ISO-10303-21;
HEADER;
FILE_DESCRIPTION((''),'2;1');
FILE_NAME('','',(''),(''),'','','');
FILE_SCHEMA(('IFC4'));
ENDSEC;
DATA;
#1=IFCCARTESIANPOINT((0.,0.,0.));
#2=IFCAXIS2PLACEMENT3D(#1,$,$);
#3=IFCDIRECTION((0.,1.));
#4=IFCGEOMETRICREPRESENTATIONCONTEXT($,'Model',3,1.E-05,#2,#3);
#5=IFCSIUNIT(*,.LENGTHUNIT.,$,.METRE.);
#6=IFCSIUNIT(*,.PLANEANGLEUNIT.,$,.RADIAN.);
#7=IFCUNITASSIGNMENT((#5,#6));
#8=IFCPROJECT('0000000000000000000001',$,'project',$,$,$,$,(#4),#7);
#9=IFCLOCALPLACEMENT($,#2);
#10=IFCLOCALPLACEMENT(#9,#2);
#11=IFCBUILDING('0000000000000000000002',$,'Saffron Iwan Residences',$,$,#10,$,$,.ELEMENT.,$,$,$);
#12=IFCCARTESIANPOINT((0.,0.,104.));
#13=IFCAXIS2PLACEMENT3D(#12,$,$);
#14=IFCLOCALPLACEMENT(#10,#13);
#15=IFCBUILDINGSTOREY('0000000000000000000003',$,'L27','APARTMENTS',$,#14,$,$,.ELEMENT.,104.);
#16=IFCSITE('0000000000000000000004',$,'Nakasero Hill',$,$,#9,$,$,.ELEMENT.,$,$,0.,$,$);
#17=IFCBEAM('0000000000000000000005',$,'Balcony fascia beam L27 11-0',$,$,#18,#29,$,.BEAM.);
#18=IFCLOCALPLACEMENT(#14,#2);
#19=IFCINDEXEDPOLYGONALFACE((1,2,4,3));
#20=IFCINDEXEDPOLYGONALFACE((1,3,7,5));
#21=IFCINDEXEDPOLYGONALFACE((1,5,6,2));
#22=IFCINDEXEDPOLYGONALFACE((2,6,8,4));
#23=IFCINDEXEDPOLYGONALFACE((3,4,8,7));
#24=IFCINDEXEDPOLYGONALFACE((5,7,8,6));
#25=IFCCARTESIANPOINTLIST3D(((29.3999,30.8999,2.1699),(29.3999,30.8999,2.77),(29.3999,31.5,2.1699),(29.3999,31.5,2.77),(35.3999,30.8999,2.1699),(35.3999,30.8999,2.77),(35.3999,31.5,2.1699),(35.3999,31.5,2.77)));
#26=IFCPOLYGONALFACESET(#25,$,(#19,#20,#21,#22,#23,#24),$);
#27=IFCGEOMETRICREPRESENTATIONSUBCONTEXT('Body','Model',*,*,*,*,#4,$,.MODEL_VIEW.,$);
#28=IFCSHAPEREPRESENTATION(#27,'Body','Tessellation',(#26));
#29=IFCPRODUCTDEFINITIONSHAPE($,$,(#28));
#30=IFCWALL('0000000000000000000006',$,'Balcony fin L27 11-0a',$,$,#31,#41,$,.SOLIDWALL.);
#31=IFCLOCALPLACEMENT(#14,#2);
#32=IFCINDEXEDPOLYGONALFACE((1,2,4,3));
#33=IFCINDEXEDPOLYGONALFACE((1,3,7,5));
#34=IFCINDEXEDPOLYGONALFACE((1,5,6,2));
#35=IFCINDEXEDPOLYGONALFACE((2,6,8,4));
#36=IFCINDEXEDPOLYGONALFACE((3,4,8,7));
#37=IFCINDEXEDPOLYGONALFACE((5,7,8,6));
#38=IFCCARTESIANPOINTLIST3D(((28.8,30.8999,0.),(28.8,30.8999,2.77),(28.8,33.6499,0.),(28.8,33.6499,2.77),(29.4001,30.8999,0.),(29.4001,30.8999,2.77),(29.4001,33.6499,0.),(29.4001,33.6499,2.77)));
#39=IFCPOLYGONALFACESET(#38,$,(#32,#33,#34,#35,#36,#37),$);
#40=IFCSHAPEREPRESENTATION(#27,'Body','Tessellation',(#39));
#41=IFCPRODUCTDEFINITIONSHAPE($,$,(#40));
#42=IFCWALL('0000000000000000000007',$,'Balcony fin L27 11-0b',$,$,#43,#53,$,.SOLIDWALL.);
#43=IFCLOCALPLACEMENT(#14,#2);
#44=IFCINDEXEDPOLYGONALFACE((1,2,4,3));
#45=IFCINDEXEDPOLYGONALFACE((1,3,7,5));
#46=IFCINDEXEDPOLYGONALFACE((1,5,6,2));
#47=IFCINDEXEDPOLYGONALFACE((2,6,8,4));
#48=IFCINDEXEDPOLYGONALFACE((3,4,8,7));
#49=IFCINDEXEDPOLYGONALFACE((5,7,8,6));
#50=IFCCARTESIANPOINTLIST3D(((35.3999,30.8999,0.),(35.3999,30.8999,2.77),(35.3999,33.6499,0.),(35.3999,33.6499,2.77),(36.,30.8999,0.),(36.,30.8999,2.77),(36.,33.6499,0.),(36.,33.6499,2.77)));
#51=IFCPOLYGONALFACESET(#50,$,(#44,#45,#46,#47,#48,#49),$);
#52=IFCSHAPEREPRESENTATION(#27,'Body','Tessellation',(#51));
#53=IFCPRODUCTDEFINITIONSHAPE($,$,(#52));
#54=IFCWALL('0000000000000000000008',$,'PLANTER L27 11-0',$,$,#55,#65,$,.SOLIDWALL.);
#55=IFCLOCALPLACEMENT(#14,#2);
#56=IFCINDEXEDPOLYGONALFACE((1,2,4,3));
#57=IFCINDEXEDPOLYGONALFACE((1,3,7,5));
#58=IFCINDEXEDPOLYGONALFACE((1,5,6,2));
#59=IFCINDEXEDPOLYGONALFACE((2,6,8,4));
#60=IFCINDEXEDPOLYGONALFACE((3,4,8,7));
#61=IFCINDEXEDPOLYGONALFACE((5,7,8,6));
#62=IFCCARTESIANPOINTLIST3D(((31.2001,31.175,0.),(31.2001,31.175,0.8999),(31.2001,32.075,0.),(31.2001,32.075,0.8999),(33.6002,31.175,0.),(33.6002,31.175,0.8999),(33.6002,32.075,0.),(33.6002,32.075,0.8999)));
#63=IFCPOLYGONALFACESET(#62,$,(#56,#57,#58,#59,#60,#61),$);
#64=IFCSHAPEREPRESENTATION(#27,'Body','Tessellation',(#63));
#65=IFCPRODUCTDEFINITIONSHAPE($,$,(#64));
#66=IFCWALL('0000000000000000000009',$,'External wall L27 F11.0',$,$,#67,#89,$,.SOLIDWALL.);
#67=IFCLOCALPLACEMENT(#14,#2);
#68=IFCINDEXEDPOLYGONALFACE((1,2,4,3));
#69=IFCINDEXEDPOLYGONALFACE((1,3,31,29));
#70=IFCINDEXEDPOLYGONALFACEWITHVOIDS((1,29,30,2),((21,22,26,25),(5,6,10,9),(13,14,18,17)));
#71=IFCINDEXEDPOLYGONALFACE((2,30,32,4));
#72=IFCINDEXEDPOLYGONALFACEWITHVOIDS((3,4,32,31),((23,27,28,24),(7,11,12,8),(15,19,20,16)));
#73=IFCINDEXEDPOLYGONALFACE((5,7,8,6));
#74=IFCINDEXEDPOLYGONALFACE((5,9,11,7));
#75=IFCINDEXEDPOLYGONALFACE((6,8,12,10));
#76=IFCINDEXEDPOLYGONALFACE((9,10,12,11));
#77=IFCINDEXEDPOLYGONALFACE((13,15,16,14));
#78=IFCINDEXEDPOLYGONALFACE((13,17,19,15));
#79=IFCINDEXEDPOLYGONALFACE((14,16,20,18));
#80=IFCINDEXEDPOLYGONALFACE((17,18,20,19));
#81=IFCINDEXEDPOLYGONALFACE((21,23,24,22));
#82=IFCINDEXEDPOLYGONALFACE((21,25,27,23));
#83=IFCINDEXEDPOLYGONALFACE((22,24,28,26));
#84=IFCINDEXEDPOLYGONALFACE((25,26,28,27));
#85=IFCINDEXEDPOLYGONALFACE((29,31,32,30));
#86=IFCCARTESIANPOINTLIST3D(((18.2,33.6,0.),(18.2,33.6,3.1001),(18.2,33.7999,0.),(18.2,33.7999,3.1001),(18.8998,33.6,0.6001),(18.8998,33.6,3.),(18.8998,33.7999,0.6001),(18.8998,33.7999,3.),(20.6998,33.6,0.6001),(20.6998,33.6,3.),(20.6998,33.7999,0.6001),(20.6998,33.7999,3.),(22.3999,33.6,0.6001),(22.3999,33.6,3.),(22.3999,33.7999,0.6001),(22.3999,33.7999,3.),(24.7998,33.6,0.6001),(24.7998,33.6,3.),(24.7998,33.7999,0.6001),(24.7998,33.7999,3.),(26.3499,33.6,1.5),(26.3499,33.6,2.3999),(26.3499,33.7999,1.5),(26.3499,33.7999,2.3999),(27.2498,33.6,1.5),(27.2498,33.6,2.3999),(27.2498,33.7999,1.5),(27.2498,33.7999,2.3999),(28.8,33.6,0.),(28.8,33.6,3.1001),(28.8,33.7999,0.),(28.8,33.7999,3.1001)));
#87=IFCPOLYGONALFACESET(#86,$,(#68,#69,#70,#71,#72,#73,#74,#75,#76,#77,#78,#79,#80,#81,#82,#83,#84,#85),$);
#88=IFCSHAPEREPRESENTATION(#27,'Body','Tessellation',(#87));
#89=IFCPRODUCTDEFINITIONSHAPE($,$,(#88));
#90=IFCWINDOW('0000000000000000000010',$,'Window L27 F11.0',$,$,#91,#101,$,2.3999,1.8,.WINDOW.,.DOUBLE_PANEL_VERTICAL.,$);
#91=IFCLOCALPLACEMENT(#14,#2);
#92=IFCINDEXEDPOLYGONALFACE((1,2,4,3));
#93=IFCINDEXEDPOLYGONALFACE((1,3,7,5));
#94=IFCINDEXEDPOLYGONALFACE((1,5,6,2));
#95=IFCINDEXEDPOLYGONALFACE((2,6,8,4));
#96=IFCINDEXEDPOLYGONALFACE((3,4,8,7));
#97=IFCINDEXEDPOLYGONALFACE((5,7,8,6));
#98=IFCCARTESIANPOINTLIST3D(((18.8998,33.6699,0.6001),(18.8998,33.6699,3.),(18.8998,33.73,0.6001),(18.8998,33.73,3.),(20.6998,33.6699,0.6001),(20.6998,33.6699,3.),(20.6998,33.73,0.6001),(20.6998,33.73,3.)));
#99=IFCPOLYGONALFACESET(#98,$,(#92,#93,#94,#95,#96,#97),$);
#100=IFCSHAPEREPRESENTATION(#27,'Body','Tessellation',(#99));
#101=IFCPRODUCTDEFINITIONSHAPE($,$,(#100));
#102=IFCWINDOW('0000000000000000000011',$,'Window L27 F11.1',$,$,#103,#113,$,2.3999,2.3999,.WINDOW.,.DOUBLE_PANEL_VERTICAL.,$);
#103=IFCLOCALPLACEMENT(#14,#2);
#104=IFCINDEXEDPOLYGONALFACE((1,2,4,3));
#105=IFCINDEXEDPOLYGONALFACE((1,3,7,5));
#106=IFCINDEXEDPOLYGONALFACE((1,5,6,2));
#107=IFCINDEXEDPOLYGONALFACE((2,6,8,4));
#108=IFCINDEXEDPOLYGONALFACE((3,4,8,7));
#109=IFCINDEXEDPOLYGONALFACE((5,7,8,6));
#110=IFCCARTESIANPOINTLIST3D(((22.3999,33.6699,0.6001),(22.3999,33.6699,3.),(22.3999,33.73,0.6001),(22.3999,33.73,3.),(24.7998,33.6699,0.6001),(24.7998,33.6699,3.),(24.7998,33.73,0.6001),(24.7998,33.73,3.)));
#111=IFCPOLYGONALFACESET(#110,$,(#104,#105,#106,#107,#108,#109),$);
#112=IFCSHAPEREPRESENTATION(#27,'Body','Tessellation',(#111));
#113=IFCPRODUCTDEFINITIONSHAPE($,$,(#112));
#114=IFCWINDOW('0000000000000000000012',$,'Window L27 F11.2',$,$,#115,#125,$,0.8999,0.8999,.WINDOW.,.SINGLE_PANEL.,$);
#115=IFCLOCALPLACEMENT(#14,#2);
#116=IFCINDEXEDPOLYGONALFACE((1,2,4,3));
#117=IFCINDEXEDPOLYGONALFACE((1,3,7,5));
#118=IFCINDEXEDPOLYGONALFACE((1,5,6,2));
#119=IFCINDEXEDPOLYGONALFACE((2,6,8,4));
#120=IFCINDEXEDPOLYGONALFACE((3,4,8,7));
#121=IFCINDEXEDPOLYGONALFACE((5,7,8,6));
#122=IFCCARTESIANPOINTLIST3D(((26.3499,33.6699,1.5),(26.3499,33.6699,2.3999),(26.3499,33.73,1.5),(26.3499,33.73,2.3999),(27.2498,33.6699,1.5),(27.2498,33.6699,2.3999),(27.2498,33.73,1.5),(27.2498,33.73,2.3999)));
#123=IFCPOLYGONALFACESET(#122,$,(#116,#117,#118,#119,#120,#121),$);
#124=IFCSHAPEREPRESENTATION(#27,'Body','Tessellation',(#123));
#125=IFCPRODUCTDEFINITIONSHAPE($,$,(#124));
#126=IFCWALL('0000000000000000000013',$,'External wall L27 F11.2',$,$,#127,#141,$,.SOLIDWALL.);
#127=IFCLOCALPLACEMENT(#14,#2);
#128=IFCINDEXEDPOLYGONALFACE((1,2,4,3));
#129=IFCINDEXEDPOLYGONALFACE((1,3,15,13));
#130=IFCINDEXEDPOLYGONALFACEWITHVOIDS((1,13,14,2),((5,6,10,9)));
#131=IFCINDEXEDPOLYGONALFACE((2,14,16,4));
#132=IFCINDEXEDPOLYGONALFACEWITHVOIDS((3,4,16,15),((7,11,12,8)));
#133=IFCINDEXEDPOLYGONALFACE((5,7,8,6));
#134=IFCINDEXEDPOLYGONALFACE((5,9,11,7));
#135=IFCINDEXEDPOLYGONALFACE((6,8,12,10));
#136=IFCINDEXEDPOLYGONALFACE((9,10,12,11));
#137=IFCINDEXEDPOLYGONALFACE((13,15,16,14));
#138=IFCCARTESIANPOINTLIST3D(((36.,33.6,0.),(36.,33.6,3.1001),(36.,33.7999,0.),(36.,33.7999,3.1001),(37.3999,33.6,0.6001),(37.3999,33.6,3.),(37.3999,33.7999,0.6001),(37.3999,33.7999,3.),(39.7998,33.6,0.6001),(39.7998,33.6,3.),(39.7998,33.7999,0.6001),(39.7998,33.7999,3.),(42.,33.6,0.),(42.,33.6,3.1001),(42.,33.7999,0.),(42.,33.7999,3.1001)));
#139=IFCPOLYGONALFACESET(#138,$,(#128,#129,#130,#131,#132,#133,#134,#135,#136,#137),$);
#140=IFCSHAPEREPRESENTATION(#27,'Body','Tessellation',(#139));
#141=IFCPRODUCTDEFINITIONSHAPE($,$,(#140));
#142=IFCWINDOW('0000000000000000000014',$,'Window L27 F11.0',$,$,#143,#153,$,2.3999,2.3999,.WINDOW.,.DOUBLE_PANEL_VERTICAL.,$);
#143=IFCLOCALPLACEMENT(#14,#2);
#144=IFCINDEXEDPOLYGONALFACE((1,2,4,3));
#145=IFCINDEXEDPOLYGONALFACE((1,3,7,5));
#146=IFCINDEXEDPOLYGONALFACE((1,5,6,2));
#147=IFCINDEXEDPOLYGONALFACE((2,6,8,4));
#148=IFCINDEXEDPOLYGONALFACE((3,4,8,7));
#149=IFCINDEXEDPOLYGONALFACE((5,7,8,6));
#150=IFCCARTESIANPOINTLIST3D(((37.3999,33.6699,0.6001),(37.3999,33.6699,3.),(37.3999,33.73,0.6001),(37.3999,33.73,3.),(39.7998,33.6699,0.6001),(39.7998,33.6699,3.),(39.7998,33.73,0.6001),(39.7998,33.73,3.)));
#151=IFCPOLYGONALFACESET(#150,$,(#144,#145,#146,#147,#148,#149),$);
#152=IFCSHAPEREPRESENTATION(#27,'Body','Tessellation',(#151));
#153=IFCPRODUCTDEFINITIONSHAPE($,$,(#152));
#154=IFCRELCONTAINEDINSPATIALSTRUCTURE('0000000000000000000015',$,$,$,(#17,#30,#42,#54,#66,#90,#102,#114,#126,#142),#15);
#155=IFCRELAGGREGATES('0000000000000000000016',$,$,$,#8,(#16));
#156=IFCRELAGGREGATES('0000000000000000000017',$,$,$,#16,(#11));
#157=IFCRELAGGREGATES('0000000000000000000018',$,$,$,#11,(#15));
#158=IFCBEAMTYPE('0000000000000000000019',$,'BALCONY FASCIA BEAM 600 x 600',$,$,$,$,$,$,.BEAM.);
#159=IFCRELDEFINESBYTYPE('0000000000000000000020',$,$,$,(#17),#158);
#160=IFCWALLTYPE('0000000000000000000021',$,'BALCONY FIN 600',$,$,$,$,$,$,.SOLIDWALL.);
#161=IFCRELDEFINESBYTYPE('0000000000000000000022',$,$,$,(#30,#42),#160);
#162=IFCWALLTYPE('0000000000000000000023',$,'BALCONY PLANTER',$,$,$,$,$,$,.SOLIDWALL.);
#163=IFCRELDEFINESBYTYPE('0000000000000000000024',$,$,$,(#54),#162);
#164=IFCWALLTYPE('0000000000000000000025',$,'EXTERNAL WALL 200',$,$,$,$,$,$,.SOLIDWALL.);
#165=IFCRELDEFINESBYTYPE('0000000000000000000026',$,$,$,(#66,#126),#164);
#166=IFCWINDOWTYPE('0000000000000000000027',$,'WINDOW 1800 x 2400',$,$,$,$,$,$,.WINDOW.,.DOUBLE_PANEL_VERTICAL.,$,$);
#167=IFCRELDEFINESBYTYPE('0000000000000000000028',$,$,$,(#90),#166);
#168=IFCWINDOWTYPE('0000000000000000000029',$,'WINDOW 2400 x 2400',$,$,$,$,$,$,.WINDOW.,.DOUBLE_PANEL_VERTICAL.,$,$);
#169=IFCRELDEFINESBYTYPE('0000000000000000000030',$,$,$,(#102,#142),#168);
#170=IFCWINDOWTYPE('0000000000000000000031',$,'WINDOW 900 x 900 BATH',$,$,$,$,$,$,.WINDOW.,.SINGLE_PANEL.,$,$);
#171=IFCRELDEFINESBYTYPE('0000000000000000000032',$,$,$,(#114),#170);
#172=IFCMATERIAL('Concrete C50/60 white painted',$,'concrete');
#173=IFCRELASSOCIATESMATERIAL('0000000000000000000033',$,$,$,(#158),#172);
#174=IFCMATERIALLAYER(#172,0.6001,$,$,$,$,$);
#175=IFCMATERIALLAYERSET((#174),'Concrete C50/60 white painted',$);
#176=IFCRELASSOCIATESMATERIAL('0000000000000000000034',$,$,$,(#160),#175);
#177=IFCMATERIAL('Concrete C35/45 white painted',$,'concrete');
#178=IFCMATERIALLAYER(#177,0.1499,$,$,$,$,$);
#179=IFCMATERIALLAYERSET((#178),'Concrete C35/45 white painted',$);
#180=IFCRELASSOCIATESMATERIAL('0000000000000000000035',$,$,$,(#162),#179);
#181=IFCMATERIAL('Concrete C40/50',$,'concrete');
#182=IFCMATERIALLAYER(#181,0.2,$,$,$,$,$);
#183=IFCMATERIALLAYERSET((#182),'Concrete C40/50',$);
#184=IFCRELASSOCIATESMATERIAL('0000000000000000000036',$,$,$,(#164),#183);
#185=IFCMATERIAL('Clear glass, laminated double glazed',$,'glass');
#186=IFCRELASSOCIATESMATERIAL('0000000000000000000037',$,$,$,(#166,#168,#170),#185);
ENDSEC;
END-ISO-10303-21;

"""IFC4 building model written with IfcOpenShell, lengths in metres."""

from ifc_helpers import new_model, si_unit, direction, frame, frame_2d, origin, origin_2d, place, context, subcontext, project, spatial, rectangle, extrude, source, transform, mapped, material, layer, layer_set, material_profile, profile_set, type_object, element, fill, save


model = new_model("IFC4")

# Units and contexts
model_context = context("Model", 3, precision=1e-05, world=origin(), true_north=direction((0.0, 1.0)))
body_context = subcontext(model_context, "Body", "Model", "MODEL_VIEW")
ifc_project = project(units=[si_unit("LENGTHUNIT", "METRE"), si_unit("PLANEANGLEUNIT", "RADIAN")], contexts=[model_context])

# Site, building, storey
site_placement = place(None, origin())
site = spatial("IfcSite", under=ifc_project, at=site_placement, Name="Nakasero Hill", CompositionType="ELEMENT", RefElevation=0.0)
building_placement = place(site_placement, origin())
building = spatial("IfcBuilding", under=site, at=building_placement, Name="Saffron Iwan Residences", CompositionType="ELEMENT")
storey_placement = place(building_placement, frame((0.0, 0.0, 104.0)))
storey = spatial("IfcBuildingStorey", under=building, at=storey_placement, Name="L27", Description="APARTMENTS", CompositionType="ELEMENT", Elevation=104.0)

# Beam
ifc_material_1 = material(Name="Concrete C50/60 white painted", Category="concrete")
ifc_material_profile = material_profile(ifc_material_1, rectangle(XDim=0.6001, YDim=0.6001, at=origin_2d()), Name="BALCONY FASCIA BEAM 600 x 600")
ifc_profile_set = profile_set([ifc_material_profile], Name="Concrete C50/60 white painted")
beam_type = type_object("IfcBeamType", Name="BALCONY FASCIA BEAM 600 x 600", PredefinedType="BEAM", material=ifc_profile_set)
shared_shape = source(origin(), body_context, "Body", "SweptSolid", [
    extrude(rectangle(XDim=0.6001, YDim=0.6001, at=origin_2d()), origin(), (0.0, 0.0, 1.0), 6.0),
])
beam_placement = place(storey_placement, frame((29.3999, 31.2, 2.47), z_axis=(1.0, 0.0, 0.0), x_axis=(0.0, 1.0, 0.0)))
element("IfcBeam", 1, at=beam_placement, inside=storey, type_object=beam_type, Name="Balcony fascia beam L27 11-0", PredefinedType="BEAM", context=body_context, shape_type="MappedRepresentation", body=[
    mapped(shared_shape, transform((0.0, 0.0, 0.0))),
])

# Walls
ifc_layer_1 = layer(ifc_material_1, 0.6001)
ifc_layer_set_1 = layer_set([ifc_layer_1], Name="Concrete C50/60 white painted")
wall_type_1 = type_object("IfcWallType", Name="BALCONY FIN 600", PredefinedType="SOLIDWALL", material=ifc_layer_set_1)
for number, where, z_axis, x_axis, name in (
    (2, (29.1001, 33.6499, 0.0), (0.0, 0.0, 1.0), (0.0, -1.0, 0.0), "Balcony fin L27 11-0a"),
    (3, (35.7, 33.6499, 0.0), (0.0, 0.0, 1.0), (0.0, -1.0, 0.0), "Balcony fin L27 11-0b"),
):
    element("IfcWall", number, at=place(storey_placement, frame(where, z_axis=z_axis, x_axis=x_axis)), inside=storey, type_object=wall_type_1, Name=name, PredefinedType="SOLIDWALL", context=body_context, shape_type="SweptSolid", body=[
        extrude(rectangle(XDim=2.75, YDim=0.6001, at=frame_2d((1.375, 0.0))), origin(), (0.0, 0.0, 1.0), 2.77),
    ])
ifc_material_2 = material(Name="Concrete C35/45 white painted", Category="concrete")
ifc_layer_2 = layer(ifc_material_2, 0.1499)
ifc_layer_set_2 = layer_set([ifc_layer_2], Name="Concrete C35/45 white painted")
wall_type_2 = type_object("IfcWallType", Name="BALCONY PLANTER", PredefinedType="SOLIDWALL", material=ifc_layer_set_2)
wall_1_placement = place(storey_placement, frame((31.2, 31.625, 0.0), z_axis=(0.0, 0.0, 1.0), x_axis=(1.0, 0.0, 0.0)))
element("IfcWall", 4, at=wall_1_placement, inside=storey, type_object=wall_type_2, Name="PLANTER L27 11-0", PredefinedType="SOLIDWALL", context=body_context, shape_type="SweptSolid", body=[
    extrude(rectangle(XDim=2.4001, YDim=0.8999, at=frame_2d((1.2002, 0.0))), origin(), (0.0, 0.0, 1.0), 0.8999),
])

# Wall, openings, windows
ifc_material_3 = material(Name="Concrete C40/50", Category="concrete")
ifc_layer_3 = layer(ifc_material_3, 0.2)
ifc_layer_set_3 = layer_set([ifc_layer_3], Name="Concrete C40/50")
wall_type_3 = type_object("IfcWallType", Name="EXTERNAL WALL 200", PredefinedType="SOLIDWALL", material=ifc_layer_set_3)
wall_2_placement = place(storey_placement, frame((18.2, 33.7, 0.0), z_axis=(0.0, 0.0, 1.0), x_axis=(1.0, 0.0, 0.0)))
wall_2 = element("IfcWall", 5, at=wall_2_placement, inside=storey, type_object=wall_type_3, Name="External wall L27 F11.0", PredefinedType="SOLIDWALL", context=body_context, shape_type="SweptSolid", body=[
    extrude(rectangle(XDim=10.6001, YDim=0.2, at=frame_2d((5.3, 0.0))), origin(), (0.0, 0.0, 1.0), 3.1001),
])
opening_1_placement = place(wall_2_placement, frame((0.7, 0.0, 0.6001)))
opening_1 = element("IfcOpeningElement", 6, at=opening_1_placement, cuts=wall_2, PredefinedType="OPENING", context=body_context, shape_type="SweptSolid", body=[
    extrude(rectangle(XDim=1.8, YDim=2.3999, at=frame_2d((0.8999, 1.2))), frame((0.0, 0.1099, 0.0), z_axis=(0.0, -1.0, 0.0), x_axis=(1.0, 0.0, 0.0)), (0.0, 0.0, 1.0), 0.22),
])
opening_2_placement = place(wall_2_placement, frame((4.2, 0.0, 0.6001)))
opening_2 = element("IfcOpeningElement", 7, at=opening_2_placement, cuts=wall_2, PredefinedType="OPENING", context=body_context, shape_type="SweptSolid", body=[
    extrude(rectangle(XDim=2.3999, YDim=2.3999, at=frame_2d((1.2, 1.2))), frame((0.0, 0.1099, 0.0), z_axis=(0.0, -1.0, 0.0), x_axis=(1.0, 0.0, 0.0)), (0.0, 0.0, 1.0), 0.22),
])
opening_3_placement = place(wall_2_placement, frame((8.1499, 0.0, 1.5)))
opening_3 = element("IfcOpeningElement", 8, at=opening_3_placement, cuts=wall_2, PredefinedType="OPENING", context=body_context, shape_type="SweptSolid", body=[
    extrude(rectangle(XDim=0.8999, YDim=0.8999, at=frame_2d((0.45, 0.45))), frame((0.0, 0.1099, 0.0), z_axis=(0.0, -1.0, 0.0), x_axis=(1.0, 0.0, 0.0)), (0.0, 0.0, 1.0), 0.22),
])
ifc_material_4 = material(Name="Clear glass, laminated double glazed", Category="glass")
window_type_1 = type_object("IfcWindowType", Name="WINDOW 1800 x 2400", PartitioningType="DOUBLE_PANEL_VERTICAL", PredefinedType="WINDOW", material=ifc_material_4)
window_1_placement = place(opening_1_placement, origin())
window_1 = element("IfcWindow", 9, at=window_1_placement, inside=storey, type_object=window_type_1, Name="Window L27 F11.0", OverallHeight=2.3999, OverallWidth=1.8, PartitioningType="DOUBLE_PANEL_VERTICAL", PredefinedType="WINDOW", context=body_context, shape_type="SweptSolid", body=[
    extrude(rectangle(XDim=1.8, YDim=2.3999, at=frame_2d((0.8999, 1.2))), frame((0.0, 0.03, 0.0), z_axis=(0.0, -1.0, 0.0), x_axis=(1.0, 0.0, 0.0)), (0.0, 0.0, 1.0), 0.0601),
])
fill(opening_1, window_1)
window_type_2 = type_object("IfcWindowType", Name="WINDOW 2400 x 2400", PartitioningType="DOUBLE_PANEL_VERTICAL", PredefinedType="WINDOW", material=ifc_material_4)
window_2_placement = place(opening_2_placement, origin())
window_2 = element("IfcWindow", 10, at=window_2_placement, inside=storey, type_object=window_type_2, Name="Window L27 F11.1", OverallHeight=2.3999, OverallWidth=2.3999, PartitioningType="DOUBLE_PANEL_VERTICAL", PredefinedType="WINDOW", context=body_context, shape_type="SweptSolid", body=[
    extrude(rectangle(XDim=2.3999, YDim=2.3999, at=frame_2d((1.2, 1.2))), frame((0.0, 0.03, 0.0), z_axis=(0.0, -1.0, 0.0), x_axis=(1.0, 0.0, 0.0)), (0.0, 0.0, 1.0), 0.0601),
])
fill(opening_2, window_2)
window_type_3 = type_object("IfcWindowType", Name="WINDOW 900 x 900 BATH", PartitioningType="SINGLE_PANEL", PredefinedType="WINDOW", material=ifc_material_4)
window_3_placement = place(opening_3_placement, origin())
window_3 = element("IfcWindow", 11, at=window_3_placement, inside=storey, type_object=window_type_3, Name="Window L27 F11.2", OverallHeight=0.8999, OverallWidth=0.8999, PartitioningType="SINGLE_PANEL", PredefinedType="WINDOW", context=body_context, shape_type="SweptSolid", body=[
    extrude(rectangle(XDim=0.8999, YDim=0.8999, at=frame_2d((0.45, 0.45))), frame((0.0, 0.03, 0.0), z_axis=(0.0, -1.0, 0.0), x_axis=(1.0, 0.0, 0.0)), (0.0, 0.0, 1.0), 0.0601),
])
fill(opening_3, window_3)

# Wall, opening, window
wall_3_placement = place(storey_placement, frame((36.0, 33.7, 0.0), z_axis=(0.0, 0.0, 1.0), x_axis=(1.0, 0.0, 0.0)))
wall_3 = element("IfcWall", 12, at=wall_3_placement, inside=storey, type_object=wall_type_3, Name="External wall L27 F11.2", PredefinedType="SOLIDWALL", context=body_context, shape_type="SweptSolid", body=[
    extrude(rectangle(XDim=6.0, YDim=0.2, at=frame_2d((3.0, 0.0))), origin(), (0.0, 0.0, 1.0), 3.1001),
])
opening_4_placement = place(wall_3_placement, frame((1.3999, 0.0, 0.6001)))
opening_4 = element("IfcOpeningElement", 13, at=opening_4_placement, cuts=wall_3, PredefinedType="OPENING", context=body_context, shape_type="SweptSolid", body=[
    extrude(rectangle(XDim=2.3999, YDim=2.3999, at=frame_2d((1.2, 1.2))), frame((0.0, 0.1099, 0.0), z_axis=(0.0, -1.0, 0.0), x_axis=(1.0, 0.0, 0.0)), (0.0, 0.0, 1.0), 0.22),
])
window_4_placement = place(opening_4_placement, origin())
window_4 = element("IfcWindow", 14, at=window_4_placement, inside=storey, type_object=window_type_2, Name="Window L27 F11.0", OverallHeight=2.3999, OverallWidth=2.3999, PartitioningType="DOUBLE_PANEL_VERTICAL", PredefinedType="WINDOW", context=body_context, shape_type="SweptSolid", body=[
    extrude(rectangle(XDim=2.3999, YDim=2.3999, at=frame_2d((1.2, 1.2))), frame((0.0, 0.03, 0.0), z_axis=(0.0, -1.0, 0.0), x_axis=(1.0, 0.0, 0.0)), (0.0, 0.0, 1.0), 0.0601),
])
fill(opening_4, window_4)

save(model, "model.ifc")
